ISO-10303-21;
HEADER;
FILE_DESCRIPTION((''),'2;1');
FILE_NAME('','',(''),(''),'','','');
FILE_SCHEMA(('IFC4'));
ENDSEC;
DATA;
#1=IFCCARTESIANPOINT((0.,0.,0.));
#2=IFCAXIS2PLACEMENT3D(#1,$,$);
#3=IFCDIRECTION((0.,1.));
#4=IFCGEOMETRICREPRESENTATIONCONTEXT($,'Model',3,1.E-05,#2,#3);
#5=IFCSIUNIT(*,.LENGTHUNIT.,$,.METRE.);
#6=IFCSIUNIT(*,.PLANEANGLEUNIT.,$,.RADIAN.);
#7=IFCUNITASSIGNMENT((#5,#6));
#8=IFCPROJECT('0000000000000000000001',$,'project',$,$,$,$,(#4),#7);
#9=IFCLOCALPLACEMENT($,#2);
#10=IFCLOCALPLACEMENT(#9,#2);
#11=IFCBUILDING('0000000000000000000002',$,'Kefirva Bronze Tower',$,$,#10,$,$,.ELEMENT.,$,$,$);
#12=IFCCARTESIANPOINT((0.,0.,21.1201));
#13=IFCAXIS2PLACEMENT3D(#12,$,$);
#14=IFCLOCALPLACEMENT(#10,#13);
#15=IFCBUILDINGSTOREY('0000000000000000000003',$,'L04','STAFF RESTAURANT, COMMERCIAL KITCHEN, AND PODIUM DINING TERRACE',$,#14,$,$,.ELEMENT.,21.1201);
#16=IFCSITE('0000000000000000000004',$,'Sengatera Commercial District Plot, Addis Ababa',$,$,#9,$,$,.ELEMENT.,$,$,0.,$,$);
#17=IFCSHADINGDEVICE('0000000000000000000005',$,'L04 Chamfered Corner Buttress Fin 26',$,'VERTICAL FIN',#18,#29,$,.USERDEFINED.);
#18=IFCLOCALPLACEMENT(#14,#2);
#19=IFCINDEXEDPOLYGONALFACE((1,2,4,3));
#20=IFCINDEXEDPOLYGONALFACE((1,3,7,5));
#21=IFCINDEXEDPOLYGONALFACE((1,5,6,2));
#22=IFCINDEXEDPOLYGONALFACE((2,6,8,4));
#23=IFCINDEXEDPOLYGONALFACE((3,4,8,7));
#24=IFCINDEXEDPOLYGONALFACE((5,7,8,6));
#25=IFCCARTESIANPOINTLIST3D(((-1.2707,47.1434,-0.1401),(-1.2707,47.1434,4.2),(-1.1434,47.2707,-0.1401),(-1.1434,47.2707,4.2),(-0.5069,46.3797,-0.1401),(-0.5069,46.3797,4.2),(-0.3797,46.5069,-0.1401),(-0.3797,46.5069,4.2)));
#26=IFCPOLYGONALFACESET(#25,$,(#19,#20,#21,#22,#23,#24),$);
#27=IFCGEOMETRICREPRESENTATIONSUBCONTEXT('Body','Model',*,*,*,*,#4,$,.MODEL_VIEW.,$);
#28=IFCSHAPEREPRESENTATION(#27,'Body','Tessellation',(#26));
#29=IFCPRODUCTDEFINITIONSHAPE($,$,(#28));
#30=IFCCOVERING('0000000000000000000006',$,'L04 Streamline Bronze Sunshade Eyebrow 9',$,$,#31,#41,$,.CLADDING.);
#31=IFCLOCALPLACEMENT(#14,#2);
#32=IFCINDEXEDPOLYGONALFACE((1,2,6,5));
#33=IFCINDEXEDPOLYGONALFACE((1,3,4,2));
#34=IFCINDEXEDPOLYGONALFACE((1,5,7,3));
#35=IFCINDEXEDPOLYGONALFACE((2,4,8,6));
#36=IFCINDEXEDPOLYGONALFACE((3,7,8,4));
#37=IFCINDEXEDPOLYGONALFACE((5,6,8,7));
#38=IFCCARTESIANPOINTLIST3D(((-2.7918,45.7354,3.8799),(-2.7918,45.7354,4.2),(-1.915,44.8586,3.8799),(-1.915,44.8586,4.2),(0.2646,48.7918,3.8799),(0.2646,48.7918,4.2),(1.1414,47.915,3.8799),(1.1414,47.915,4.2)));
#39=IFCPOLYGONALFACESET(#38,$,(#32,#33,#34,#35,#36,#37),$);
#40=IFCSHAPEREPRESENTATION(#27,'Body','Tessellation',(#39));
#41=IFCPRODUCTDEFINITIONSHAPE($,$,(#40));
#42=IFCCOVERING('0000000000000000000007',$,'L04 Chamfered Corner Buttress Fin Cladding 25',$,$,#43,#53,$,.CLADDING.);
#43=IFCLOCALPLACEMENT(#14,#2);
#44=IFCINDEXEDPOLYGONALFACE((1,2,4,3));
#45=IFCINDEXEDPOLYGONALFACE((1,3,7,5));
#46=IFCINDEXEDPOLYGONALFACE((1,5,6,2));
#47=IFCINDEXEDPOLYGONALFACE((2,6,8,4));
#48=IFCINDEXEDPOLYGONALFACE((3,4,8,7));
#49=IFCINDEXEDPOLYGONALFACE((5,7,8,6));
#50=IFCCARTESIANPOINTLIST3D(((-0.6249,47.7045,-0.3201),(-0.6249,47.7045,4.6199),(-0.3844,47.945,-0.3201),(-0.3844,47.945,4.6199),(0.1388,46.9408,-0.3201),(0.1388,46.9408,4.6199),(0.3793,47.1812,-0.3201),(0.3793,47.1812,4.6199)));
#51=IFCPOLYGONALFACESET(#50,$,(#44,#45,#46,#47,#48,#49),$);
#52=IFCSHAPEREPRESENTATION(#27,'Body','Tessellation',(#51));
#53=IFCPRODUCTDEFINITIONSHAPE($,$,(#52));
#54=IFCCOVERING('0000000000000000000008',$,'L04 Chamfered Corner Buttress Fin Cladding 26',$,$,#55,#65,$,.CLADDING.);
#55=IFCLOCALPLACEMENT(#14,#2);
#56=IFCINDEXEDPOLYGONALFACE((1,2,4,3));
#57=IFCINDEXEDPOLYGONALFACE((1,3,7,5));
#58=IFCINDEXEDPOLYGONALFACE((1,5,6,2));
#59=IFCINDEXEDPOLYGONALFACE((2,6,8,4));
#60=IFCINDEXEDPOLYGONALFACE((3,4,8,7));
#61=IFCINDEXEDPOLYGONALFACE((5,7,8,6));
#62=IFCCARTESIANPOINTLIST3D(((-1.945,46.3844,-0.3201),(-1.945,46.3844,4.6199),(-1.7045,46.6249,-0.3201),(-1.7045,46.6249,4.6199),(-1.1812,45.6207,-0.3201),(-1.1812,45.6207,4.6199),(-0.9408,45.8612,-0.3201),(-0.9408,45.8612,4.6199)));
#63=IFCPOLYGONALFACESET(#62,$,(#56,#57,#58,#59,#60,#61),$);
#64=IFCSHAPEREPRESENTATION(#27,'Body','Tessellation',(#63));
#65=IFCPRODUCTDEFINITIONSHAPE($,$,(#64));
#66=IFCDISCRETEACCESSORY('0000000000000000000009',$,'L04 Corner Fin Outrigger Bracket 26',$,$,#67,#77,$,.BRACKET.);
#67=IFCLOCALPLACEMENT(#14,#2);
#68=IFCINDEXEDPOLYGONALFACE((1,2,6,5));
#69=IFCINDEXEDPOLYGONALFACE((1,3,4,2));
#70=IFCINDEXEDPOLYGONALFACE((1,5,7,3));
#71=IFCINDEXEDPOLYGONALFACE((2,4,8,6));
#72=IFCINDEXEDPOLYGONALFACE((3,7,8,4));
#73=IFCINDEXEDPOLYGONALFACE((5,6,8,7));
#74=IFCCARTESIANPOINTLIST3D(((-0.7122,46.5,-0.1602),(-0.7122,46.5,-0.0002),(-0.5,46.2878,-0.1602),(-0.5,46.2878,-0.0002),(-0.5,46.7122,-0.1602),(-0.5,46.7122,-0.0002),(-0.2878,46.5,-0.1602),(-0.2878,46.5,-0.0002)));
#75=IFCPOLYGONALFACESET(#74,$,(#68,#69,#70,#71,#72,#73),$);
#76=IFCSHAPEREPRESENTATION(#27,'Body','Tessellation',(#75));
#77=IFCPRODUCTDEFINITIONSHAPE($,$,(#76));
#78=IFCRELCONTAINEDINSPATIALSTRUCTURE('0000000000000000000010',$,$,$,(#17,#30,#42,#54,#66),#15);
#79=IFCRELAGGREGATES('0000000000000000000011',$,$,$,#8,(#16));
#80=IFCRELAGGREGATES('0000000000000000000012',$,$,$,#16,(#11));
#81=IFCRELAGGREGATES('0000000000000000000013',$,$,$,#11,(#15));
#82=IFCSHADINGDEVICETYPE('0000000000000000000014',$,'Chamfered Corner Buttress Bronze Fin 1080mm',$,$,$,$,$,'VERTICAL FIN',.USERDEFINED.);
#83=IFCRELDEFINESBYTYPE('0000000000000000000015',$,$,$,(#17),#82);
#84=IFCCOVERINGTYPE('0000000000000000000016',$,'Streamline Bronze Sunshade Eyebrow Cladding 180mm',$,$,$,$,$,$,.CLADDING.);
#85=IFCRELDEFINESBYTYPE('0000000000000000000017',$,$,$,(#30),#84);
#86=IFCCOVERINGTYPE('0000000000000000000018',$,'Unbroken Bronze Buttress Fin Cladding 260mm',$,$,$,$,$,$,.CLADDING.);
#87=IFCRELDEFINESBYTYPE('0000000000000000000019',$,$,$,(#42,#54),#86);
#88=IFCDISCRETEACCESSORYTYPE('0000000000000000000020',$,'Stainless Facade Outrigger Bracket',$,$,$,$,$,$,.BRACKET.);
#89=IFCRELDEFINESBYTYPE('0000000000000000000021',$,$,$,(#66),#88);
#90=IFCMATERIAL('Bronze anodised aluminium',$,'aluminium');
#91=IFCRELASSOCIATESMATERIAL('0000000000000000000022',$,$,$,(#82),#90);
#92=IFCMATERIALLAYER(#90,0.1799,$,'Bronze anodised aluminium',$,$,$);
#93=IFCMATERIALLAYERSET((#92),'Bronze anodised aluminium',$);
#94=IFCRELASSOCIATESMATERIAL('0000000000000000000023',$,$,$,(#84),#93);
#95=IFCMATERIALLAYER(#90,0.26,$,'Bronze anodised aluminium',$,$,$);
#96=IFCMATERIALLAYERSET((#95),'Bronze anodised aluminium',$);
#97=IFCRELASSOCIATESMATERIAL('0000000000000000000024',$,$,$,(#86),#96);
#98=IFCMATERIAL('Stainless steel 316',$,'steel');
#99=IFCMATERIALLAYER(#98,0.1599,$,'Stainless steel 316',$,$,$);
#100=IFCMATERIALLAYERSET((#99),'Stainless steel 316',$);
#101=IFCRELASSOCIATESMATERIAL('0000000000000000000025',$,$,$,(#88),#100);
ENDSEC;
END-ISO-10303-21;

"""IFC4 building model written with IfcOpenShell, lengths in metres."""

from ifc_helpers import new_model, si_unit, direction, frame, origin, origin_2d, place, context, subcontext, project, spatial, rectangle, extrude, material, layer, layer_set, material_profile, profile_set, type_object, element, save


model = new_model("IFC4")

# Units and contexts
model_context = context("Model", 3, precision=1e-05, world=origin(), true_north=direction((0.0, 1.0)))
body_context = subcontext(model_context, "Body", "Model", "MODEL_VIEW")
ifc_project = project(units=[si_unit("LENGTHUNIT", "METRE"), si_unit("PLANEANGLEUNIT", "RADIAN")], contexts=[model_context])

# Site, building, storey
site_placement = place(None, origin())
site = spatial("IfcSite", under=ifc_project, at=site_placement, Name="Sengatera Commercial District Plot, Addis Ababa", CompositionType="ELEMENT", RefElevation=0.0)
building_placement = place(site_placement, origin())
building = spatial("IfcBuilding", under=site, at=building_placement, Name="Kefirva Bronze Tower", CompositionType="ELEMENT")
storey_placement = place(building_placement, frame((0.0, 0.0, 21.1201)))
storey = spatial("IfcBuildingStorey", under=building, at=storey_placement, Name="L04", Description="STAFF RESTAURANT, COMMERCIAL KITCHEN, AND PODIUM DINING TERRACE", CompositionType="ELEMENT", Elevation=21.1201)

# Shared definitions
ifc_material_1 = material(Name="Bronze anodised aluminium", Category="aluminium")

# Shading device
ifc_material_profile_1 = material_profile(ifc_material_1, rectangle(XDim=0.1799, YDim=1.0801, at=origin_2d()), Name="BRONZE BUTTRESS FIN 180x1080")
ifc_profile_set_1 = profile_set([ifc_material_profile_1], Name="Bronze anodised aluminium")
shading_device_type = type_object("IfcShadingDeviceType", Name="Chamfered Corner Buttress Bronze Fin 1080mm", ElementType="VERTICAL FIN", PredefinedType="USERDEFINED", material=ifc_profile_set_1)
shading_device_placement = place(storey_placement, frame((-0.8252, 46.8252, -0.1401), z_axis=(0.0, 0.0, 1.0), x_axis=(-0.707107, -0.707107, 0.0)))
element("IfcShadingDevice", 1, at=shading_device_placement, inside=storey, type_object=shading_device_type, Name="L04 Chamfered Corner Buttress Fin 26", ObjectType="VERTICAL FIN", PredefinedType="USERDEFINED", context=body_context, shape_type="SweptSolid", body=[
    extrude(rectangle(XDim=0.1799, YDim=1.0801, at=origin_2d()), origin(), (0.0, 0.0, 1.0), 4.3401),
])

# Coverings
ifc_layer_1 = layer(ifc_material_1, 0.1799, Name="Bronze anodised aluminium")
ifc_layer_set_1 = layer_set([ifc_layer_1], Name="Bronze anodised aluminium")
covering_type_1 = type_object("IfcCoveringType", Name="Streamline Bronze Sunshade Eyebrow Cladding 180mm", PredefinedType="CLADDING", material=ifc_layer_set_1)
covering_1_placement = place(storey_placement, frame((-0.8252, 46.8252, 3.8799), z_axis=(0.0, 0.0, 1.0), x_axis=(-0.707107, -0.707107, 0.0)))
element("IfcCovering", 2, at=covering_1_placement, inside=storey, type_object=covering_type_1, Name="L04 Streamline Bronze Sunshade Eyebrow 9", PredefinedType="CLADDING", context=body_context, shape_type="SweptSolid", body=[
    extrude(rectangle(XDim=4.3225, YDim=1.24, at=origin_2d()), origin(), (0.0, 0.0, 1.0), 0.3201),
])
ifc_layer_2 = layer(ifc_material_1, 0.26, Name="Bronze anodised aluminium")
ifc_layer_set_2 = layer_set([ifc_layer_2], Name="Bronze anodised aluminium")
covering_type_2 = type_object("IfcCoveringType", Name="Unbroken Bronze Buttress Fin Cladding 260mm", PredefinedType="CLADDING", material=ifc_layer_set_2)
for number, where, z_axis, x_axis, name in (
    (3, (-0.1228, 47.4429, -0.3201), (0.0, 0.0, 1.0), (-0.707107, -0.707107, 0.0), "L04 Chamfered Corner Buttress Fin Cladding 25"),
    (4, (-1.4429, 46.1228, -0.3201), (0.0, 0.0, 1.0), (-0.707107, -0.707107, 0.0), "L04 Chamfered Corner Buttress Fin Cladding 26"),
):
    element("IfcCovering", number, at=place(storey_placement, frame(where, z_axis=z_axis, x_axis=x_axis)), inside=storey, type_object=covering_type_2, Name=name, PredefinedType="CLADDING", context=body_context, shape_type="SweptSolid", body=[
        extrude(rectangle(XDim=0.3401, YDim=1.0801, at=origin_2d()), origin(), (0.0, 0.0, 1.0), 4.9399),
    ])

# Discrete accessory
ifc_material_2 = material(Name="Stainless steel 316", Category="steel")
ifc_layer_3 = layer(ifc_material_2, 0.1599, Name="Stainless steel 316")
ifc_layer_set_3 = layer_set([ifc_layer_3], Name="Stainless steel 316")
discrete_accessory_type = type_object("IfcDiscreteAccessoryType", Name="Stainless Facade Outrigger Bracket", PredefinedType="BRACKET", material=ifc_layer_set_3)
discrete_accessory_placement = place(storey_placement, frame((-0.5, 46.5, -0.1602), z_axis=(0.0, 0.0, 1.0), x_axis=(-0.707107, -0.707107, 0.0)))
element("IfcDiscreteAccessory", 5, at=discrete_accessory_placement, inside=storey, type_object=discrete_accessory_type, Name="L04 Corner Fin Outrigger Bracket 26", PredefinedType="BRACKET", context=body_context, shape_type="SweptSolid", body=[
    extrude(rectangle(XDim=0.3, YDim=0.3, at=origin_2d()), origin(), (0.0, 0.0, 1.0), 0.1599),
])

save(model, "model.ifc")
